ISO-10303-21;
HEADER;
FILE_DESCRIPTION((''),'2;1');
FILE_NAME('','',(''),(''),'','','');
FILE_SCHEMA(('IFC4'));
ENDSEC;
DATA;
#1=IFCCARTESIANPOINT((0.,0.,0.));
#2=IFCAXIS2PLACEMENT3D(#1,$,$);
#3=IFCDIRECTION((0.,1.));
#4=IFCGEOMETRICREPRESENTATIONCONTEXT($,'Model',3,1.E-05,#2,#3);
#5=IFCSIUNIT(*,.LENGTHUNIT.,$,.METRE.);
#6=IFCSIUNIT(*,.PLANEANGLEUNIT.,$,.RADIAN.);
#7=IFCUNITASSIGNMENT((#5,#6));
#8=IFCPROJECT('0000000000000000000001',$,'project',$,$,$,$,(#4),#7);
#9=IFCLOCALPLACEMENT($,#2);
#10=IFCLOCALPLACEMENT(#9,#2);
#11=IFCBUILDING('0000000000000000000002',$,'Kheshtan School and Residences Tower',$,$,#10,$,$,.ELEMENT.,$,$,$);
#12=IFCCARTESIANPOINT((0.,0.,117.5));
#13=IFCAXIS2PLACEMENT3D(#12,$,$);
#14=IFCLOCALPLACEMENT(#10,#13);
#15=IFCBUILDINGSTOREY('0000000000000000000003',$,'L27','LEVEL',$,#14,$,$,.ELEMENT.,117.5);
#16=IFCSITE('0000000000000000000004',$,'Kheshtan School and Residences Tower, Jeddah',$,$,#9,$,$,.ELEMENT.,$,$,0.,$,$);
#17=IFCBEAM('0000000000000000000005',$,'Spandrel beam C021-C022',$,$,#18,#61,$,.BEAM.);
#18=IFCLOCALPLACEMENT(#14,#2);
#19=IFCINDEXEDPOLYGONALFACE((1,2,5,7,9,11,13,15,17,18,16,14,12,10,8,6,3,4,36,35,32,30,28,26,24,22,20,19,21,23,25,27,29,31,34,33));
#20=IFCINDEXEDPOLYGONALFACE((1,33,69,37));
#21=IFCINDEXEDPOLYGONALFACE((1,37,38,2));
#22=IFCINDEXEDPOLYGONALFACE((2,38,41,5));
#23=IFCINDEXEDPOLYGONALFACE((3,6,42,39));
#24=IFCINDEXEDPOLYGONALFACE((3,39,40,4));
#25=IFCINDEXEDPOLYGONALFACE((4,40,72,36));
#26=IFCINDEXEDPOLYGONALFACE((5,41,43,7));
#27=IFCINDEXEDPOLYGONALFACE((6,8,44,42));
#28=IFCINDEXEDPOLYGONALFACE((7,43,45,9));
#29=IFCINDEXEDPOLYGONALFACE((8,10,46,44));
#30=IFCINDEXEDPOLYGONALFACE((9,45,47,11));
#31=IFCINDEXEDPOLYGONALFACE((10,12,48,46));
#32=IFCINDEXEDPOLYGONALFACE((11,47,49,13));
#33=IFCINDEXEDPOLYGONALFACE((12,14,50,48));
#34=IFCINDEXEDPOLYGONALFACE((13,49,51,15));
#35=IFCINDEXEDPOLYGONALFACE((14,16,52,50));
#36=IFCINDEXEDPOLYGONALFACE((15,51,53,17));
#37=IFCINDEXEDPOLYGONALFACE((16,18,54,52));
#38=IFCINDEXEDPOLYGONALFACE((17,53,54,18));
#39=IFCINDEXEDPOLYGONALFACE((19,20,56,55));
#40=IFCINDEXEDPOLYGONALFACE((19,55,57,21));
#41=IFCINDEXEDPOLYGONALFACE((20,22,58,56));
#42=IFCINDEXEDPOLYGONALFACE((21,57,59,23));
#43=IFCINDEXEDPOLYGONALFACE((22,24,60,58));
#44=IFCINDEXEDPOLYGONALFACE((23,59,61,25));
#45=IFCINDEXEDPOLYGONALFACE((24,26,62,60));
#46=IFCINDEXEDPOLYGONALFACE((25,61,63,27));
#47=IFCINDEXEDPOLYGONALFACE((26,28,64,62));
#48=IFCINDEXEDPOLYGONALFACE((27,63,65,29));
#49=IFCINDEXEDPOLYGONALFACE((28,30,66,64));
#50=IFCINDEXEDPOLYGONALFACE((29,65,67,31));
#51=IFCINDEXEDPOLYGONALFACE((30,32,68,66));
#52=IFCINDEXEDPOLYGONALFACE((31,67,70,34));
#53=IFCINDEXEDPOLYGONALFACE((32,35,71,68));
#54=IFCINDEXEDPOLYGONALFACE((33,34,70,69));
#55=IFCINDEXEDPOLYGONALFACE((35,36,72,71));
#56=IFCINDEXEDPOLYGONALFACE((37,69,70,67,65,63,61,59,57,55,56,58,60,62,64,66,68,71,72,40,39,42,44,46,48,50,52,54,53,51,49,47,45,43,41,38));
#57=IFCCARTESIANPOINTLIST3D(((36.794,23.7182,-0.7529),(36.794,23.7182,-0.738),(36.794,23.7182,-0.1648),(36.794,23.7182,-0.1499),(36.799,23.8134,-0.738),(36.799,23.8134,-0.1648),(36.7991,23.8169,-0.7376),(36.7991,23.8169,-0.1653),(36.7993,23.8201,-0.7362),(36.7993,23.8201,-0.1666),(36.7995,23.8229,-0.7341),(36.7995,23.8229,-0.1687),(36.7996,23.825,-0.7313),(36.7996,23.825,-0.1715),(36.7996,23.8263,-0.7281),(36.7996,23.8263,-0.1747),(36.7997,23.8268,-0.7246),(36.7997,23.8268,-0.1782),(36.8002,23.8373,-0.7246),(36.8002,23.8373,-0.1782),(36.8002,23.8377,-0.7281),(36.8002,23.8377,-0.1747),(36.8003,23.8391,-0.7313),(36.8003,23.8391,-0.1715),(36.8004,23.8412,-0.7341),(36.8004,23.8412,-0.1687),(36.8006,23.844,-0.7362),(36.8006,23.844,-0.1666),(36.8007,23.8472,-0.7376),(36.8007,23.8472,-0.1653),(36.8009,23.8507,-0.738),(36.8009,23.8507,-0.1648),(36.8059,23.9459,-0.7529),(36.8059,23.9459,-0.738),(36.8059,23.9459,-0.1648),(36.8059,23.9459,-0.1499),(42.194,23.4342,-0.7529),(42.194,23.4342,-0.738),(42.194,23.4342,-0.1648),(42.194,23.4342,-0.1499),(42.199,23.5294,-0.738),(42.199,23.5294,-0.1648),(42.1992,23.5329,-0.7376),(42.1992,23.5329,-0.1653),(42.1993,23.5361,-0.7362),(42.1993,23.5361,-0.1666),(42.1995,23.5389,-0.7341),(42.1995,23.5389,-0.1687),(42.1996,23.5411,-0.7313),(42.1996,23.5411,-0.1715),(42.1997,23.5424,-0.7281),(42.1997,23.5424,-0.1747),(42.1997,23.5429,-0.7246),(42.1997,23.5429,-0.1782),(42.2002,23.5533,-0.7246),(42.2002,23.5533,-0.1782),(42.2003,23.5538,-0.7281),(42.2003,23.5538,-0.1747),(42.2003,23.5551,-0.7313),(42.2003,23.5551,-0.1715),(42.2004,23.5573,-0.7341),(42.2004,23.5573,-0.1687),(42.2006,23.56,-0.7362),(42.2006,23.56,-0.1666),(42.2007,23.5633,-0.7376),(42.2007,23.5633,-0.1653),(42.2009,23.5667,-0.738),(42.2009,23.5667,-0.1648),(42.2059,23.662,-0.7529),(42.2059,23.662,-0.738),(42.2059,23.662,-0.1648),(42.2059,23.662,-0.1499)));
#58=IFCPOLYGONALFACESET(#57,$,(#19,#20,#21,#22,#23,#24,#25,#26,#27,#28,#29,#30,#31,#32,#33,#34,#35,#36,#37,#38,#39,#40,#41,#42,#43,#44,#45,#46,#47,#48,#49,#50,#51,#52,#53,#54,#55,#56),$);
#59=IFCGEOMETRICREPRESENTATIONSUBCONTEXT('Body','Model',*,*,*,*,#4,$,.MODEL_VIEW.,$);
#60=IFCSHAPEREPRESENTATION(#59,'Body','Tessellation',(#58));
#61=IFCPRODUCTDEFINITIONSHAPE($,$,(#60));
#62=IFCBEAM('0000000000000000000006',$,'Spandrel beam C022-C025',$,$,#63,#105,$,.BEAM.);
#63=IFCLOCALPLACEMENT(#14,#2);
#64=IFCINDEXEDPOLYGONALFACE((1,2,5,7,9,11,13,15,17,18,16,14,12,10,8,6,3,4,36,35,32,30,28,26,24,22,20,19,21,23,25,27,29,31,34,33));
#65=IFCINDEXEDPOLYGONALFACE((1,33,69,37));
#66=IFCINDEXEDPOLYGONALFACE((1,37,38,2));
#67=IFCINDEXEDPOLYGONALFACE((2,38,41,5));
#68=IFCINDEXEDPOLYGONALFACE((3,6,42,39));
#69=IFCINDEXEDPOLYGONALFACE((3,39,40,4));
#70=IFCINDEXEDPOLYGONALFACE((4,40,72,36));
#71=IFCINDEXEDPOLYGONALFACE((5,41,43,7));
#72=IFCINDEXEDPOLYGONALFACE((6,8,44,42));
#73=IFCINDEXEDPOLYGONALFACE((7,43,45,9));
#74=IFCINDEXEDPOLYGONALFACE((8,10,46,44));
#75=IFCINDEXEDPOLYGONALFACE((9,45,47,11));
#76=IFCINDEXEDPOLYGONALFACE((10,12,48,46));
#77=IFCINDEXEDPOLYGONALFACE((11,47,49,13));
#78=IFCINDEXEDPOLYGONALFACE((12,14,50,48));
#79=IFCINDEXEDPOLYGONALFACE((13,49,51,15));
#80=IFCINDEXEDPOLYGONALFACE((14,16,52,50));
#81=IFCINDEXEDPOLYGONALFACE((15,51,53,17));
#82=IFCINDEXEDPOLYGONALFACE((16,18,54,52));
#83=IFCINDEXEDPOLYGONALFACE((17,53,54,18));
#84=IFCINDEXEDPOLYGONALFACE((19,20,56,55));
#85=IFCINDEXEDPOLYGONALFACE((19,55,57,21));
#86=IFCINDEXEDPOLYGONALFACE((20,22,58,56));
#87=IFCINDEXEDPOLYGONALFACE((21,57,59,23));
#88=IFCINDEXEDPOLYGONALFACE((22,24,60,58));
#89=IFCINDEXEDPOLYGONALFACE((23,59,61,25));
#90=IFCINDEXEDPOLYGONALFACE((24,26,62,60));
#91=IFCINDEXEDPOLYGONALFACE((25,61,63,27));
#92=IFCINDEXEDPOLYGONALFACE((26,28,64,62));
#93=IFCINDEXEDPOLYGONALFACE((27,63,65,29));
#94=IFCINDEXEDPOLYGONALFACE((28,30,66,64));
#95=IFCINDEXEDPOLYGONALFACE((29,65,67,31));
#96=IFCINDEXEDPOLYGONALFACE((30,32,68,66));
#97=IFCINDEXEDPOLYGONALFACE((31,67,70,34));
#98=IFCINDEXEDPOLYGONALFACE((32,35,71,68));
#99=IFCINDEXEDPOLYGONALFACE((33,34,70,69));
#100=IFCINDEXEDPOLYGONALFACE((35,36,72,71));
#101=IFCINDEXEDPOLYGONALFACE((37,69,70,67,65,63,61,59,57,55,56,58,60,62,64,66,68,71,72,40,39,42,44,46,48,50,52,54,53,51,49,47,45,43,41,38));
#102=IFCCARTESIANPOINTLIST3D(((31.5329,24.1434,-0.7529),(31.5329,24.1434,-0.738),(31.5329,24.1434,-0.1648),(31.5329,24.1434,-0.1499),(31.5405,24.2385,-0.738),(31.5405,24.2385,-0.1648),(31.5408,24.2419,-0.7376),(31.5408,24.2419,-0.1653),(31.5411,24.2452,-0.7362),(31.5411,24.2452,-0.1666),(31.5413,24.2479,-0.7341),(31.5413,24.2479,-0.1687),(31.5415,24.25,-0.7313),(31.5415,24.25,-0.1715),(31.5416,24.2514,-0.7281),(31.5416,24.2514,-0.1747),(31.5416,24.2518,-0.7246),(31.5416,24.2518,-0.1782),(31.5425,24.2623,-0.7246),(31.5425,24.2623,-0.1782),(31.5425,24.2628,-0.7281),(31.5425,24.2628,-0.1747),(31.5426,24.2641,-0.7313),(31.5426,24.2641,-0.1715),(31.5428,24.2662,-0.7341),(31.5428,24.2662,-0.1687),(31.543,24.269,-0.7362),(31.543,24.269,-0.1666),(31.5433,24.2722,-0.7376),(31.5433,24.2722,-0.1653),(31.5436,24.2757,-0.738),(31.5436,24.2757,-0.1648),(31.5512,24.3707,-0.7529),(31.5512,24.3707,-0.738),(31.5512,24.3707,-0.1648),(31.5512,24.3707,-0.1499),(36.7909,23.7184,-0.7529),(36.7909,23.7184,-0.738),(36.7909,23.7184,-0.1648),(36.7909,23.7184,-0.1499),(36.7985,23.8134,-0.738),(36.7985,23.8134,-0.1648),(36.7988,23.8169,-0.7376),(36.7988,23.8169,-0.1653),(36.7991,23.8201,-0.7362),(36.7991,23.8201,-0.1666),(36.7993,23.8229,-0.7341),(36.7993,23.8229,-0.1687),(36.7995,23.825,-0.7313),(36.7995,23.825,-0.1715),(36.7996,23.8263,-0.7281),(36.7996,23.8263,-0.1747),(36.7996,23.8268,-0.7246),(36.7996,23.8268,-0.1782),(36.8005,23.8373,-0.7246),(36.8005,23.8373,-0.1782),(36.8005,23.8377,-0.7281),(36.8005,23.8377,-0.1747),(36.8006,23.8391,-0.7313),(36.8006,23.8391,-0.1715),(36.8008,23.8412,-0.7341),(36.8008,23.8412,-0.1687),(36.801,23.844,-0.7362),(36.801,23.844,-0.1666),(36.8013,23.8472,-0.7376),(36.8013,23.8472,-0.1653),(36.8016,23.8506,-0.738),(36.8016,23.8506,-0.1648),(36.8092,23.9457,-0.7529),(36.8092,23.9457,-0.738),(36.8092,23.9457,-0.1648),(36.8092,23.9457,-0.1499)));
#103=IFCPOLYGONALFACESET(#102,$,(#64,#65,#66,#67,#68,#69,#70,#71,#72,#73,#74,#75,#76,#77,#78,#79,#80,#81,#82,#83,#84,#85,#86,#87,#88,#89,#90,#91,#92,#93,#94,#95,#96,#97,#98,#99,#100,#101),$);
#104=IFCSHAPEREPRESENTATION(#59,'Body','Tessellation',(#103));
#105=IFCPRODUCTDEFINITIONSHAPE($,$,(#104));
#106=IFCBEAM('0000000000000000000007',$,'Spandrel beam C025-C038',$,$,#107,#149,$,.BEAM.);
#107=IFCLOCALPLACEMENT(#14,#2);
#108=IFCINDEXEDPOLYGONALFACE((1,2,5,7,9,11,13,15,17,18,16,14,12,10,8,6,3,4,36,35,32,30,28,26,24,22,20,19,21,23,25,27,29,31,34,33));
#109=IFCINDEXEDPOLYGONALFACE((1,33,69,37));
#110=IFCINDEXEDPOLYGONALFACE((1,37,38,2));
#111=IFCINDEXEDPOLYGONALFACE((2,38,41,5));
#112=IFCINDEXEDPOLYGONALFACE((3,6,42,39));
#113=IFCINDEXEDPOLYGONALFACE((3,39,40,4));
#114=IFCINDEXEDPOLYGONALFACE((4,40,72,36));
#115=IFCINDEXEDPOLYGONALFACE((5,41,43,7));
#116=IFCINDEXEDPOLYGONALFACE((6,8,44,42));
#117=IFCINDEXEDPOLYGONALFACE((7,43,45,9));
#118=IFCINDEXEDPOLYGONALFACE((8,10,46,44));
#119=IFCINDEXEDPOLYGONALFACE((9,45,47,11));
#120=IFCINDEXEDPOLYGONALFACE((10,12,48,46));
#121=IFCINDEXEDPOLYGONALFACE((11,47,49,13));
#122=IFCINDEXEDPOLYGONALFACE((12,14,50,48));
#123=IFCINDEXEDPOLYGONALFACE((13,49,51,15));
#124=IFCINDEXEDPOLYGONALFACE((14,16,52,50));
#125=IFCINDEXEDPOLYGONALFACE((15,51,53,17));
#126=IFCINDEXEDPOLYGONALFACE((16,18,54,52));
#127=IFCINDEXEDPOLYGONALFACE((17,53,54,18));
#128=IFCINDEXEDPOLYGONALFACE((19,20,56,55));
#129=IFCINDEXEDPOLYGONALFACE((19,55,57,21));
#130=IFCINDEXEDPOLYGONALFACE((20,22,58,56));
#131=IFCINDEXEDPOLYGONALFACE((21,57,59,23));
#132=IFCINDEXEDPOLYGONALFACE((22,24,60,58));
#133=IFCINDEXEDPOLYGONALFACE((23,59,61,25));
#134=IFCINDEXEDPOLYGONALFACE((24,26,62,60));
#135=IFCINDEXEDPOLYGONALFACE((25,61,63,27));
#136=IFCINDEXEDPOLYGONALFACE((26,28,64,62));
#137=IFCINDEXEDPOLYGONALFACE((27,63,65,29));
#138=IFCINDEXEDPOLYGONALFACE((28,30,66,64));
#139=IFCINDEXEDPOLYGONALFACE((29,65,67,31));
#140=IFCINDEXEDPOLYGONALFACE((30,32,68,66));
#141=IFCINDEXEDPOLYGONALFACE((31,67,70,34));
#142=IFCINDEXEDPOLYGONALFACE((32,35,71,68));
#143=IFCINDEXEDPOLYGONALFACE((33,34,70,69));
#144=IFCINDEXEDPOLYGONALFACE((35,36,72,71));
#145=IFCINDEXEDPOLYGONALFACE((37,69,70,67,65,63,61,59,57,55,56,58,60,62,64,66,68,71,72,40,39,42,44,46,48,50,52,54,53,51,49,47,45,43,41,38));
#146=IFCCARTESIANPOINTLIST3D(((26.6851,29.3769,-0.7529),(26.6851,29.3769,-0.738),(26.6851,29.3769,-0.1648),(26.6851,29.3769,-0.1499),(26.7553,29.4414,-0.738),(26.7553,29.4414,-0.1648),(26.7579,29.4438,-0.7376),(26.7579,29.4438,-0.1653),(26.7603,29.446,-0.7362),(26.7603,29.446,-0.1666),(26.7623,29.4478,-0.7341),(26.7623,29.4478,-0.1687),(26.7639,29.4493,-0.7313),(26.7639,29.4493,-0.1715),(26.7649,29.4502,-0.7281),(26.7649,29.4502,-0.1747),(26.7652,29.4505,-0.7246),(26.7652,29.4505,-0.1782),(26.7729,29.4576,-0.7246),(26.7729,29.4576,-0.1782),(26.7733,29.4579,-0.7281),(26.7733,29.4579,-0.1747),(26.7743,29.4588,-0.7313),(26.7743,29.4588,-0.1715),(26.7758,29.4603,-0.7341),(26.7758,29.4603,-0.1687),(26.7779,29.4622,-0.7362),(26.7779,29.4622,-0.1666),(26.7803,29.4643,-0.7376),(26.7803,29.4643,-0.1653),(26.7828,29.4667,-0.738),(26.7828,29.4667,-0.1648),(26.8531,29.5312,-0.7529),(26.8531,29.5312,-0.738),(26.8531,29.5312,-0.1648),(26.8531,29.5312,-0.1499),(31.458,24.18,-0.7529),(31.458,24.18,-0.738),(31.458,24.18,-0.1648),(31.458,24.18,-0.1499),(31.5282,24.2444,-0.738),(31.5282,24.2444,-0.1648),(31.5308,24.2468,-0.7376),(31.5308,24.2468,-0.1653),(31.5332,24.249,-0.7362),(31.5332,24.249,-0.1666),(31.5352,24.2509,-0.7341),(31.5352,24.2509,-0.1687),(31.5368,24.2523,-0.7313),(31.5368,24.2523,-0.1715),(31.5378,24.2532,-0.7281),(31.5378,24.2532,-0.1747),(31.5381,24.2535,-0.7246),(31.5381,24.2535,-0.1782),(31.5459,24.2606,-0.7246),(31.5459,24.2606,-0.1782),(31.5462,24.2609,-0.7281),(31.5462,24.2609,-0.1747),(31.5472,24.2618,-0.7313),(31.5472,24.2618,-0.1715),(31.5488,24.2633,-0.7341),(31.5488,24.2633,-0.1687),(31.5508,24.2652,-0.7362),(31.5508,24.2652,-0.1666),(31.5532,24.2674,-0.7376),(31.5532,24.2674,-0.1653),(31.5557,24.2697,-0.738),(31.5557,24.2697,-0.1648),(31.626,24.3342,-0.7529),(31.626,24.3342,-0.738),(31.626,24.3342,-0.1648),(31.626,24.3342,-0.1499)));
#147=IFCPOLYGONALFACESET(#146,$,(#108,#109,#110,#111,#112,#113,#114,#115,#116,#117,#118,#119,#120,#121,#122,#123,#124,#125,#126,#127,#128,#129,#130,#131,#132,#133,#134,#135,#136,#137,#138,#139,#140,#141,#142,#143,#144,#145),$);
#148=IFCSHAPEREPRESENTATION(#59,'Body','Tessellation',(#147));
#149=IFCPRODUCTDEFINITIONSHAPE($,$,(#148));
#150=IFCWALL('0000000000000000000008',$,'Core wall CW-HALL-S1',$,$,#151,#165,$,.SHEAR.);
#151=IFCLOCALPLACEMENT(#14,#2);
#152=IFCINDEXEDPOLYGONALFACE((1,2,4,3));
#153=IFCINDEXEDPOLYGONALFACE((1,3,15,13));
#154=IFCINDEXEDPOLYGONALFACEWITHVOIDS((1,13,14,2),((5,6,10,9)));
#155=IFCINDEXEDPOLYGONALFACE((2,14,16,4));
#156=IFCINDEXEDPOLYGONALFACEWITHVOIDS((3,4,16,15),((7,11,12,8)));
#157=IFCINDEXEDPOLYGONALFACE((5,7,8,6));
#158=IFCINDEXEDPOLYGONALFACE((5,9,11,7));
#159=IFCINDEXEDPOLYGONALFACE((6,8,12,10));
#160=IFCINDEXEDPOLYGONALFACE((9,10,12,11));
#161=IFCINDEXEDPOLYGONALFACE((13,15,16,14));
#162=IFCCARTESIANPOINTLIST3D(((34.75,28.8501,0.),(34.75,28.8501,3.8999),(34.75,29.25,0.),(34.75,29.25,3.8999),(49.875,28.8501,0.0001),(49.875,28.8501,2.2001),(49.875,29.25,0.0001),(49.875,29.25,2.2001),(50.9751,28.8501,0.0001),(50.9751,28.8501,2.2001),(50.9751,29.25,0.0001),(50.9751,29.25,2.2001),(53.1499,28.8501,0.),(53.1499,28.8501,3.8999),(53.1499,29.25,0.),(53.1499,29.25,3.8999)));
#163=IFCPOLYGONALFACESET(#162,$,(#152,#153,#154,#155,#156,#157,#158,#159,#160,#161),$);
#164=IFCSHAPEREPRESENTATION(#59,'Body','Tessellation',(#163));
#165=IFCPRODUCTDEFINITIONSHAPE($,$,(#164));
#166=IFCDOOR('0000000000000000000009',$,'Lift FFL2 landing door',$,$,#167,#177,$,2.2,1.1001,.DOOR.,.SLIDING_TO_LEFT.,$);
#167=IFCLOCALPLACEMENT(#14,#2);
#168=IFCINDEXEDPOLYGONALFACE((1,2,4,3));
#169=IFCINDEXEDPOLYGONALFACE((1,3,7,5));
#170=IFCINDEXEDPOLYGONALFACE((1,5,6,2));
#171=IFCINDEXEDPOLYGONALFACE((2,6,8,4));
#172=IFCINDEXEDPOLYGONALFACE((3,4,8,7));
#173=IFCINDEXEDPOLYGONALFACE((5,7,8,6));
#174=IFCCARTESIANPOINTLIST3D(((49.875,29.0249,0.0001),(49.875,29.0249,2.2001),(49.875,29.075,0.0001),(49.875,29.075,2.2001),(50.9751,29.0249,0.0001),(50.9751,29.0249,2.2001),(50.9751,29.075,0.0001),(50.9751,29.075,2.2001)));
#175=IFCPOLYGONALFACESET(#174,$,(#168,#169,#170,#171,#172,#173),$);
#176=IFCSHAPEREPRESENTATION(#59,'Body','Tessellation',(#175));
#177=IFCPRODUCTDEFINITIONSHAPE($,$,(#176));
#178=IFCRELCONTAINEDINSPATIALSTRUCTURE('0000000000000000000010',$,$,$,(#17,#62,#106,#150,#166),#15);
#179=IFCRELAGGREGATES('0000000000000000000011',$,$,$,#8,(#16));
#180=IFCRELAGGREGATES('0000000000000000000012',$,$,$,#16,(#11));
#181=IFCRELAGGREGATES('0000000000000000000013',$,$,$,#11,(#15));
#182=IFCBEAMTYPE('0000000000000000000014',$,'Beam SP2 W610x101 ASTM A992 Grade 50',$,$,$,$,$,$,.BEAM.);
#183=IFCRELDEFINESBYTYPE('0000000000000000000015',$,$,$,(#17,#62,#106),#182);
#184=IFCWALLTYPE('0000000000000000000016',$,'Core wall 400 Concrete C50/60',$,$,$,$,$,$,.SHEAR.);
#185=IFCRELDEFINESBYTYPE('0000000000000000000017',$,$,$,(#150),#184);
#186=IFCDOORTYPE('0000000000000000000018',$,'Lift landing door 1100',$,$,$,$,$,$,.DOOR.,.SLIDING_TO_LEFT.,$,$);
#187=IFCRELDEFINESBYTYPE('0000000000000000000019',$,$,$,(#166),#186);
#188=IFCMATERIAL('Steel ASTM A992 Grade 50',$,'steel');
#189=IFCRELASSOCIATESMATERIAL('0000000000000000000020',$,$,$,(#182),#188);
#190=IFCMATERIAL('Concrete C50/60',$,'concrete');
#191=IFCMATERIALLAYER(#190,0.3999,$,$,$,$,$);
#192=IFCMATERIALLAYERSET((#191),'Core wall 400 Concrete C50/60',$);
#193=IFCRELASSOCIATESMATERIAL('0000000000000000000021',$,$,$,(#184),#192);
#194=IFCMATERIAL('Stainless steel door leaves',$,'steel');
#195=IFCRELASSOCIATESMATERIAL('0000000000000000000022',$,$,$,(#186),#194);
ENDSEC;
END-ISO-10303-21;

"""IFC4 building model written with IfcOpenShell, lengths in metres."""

from ifc_helpers import new_model, si_unit, direction, frame, frame_2d, origin, origin_2d, place, context, subcontext, project, spatial, rectangle, i_section, extrude, source, transform, mapped, material, layer, layer_set, material_profile, profile_set, type_object, element, fill, save


model = new_model("IFC4")

# Units and contexts
model_context = context("Model", 3, precision=1e-05, world=origin(), true_north=direction((0.0, 1.0)))
body_context = subcontext(model_context, "Body", "Model", "MODEL_VIEW")
ifc_project = project(units=[si_unit("LENGTHUNIT", "METRE"), si_unit("PLANEANGLEUNIT", "RADIAN")], contexts=[model_context])

# Site, building, storey
site_placement = place(None, origin())
site = spatial("IfcSite", under=ifc_project, at=site_placement, Name="Kheshtan School and Residences Tower, Jeddah", CompositionType="ELEMENT", RefElevation=0.0)
building_placement = place(site_placement, origin())
building = spatial("IfcBuilding", under=site, at=building_placement, Name="Kheshtan School and Residences Tower", CompositionType="ELEMENT")
storey_placement = place(building_placement, frame((0.0, 0.0, 117.5)))
storey = spatial("IfcBuildingStorey", under=building, at=storey_placement, Name="L27", Description="LEVEL", CompositionType="ELEMENT", Elevation=117.5)

# Shared definitions
ifc_material_1 = material(Name="Steel ASTM A992 Grade 50", Category="steel")

# Beams
ifc_material_profile_1 = material_profile(ifc_material_1, i_section(OverallWidth=0.228, OverallDepth=0.603, WebThickness=0.0105, FlangeThickness=0.0149, FilletRadius=0.0134, at=origin_2d()), Name="W610x101")
ifc_profile_set_1 = profile_set([ifc_material_profile_1], Name="Steel ASTM A992 Grade 50")
beam_type_1 = type_object("IfcBeamType", Name="Beam SP2 W610x101 ASTM A992 Grade 50", PredefinedType="BEAM", material=ifc_profile_set_1)
beam_1_placement = place(storey_placement, frame((42.2, 23.5481, -0.4514), z_axis=(-0.99862, 0.052509, 0.0), x_axis=(-0.052509, -0.99862, 0.0)))
element("IfcBeam", 1, at=beam_1_placement, inside=storey, type_object=beam_type_1, Name="Spandrel beam C021-C022", PredefinedType="BEAM", context=body_context, shape_type="SweptSolid", body=[
    extrude(i_section(OverallWidth=0.228, OverallDepth=0.603, WebThickness=0.0105, FlangeThickness=0.0149, FilletRadius=0.0134, at=origin_2d()), origin(), (0.0, 0.0, 1.0), 5.4075),
])
beam_2_placement = place(storey_placement, frame((36.8, 23.832, -0.4514), z_axis=(-0.996749, 0.080575, 0.0), x_axis=(-0.080575, -0.996749, 0.0)))
element("IfcBeam", 2, at=beam_2_placement, inside=storey, type_object=beam_type_1, Name="Spandrel beam C022-C025", PredefinedType="BEAM", context=body_context, shape_type="SweptSolid", body=[
    extrude(i_section(OverallWidth=0.228, OverallDepth=0.603, WebThickness=0.0105, FlangeThickness=0.0149, FilletRadius=0.0134, at=origin_2d()), origin(), (0.0, 0.0, 1.0), 5.2751),
])
beam_3_placement = place(storey_placement, frame((31.542, 24.2571, -0.4514), z_axis=(-0.676418, 0.736518, 0.0), x_axis=(-0.736518, -0.676418, 0.0)))
element("IfcBeam", 3, at=beam_3_placement, inside=storey, type_object=beam_type_1, Name="Spandrel beam C025-C038", PredefinedType="BEAM", context=body_context, shape_type="SweptSolid", body=[
    extrude(i_section(OverallWidth=0.228, OverallDepth=0.603, WebThickness=0.0105, FlangeThickness=0.0149, FilletRadius=0.0134, at=origin_2d()), origin(), (0.0, 0.0, 1.0), 7.0562),
])

# Wall, opening, door
ifc_material_2 = material(Name="Concrete C50/60", Category="concrete")
ifc_layer_1 = layer(ifc_material_2, 0.3999)
ifc_layer_set_1 = layer_set([ifc_layer_1], Name="Core wall 400 Concrete C50/60")
wall_type_1 = type_object("IfcWallType", Name="Core wall 400 Concrete C50/60", PredefinedType="SHEAR", material=ifc_layer_set_1)
wall_1_placement = place(storey_placement, frame((34.75, 29.05, 0.0), z_axis=(0.0, 0.0, 1.0), x_axis=(1.0, 0.0, 0.0)))
wall_1 = element("IfcWall", 4, at=wall_1_placement, inside=storey, type_object=wall_type_1, Name="Core wall CW-HALL-S1", PredefinedType="SHEAR", context=body_context, shape_type="SweptSolid", body=[
    extrude(rectangle(XDim=18.3999, YDim=0.3999, at=frame_2d((9.2, 0.0))), origin(), (0.0, 0.0, 1.0), 3.8999),
])
opening_1_placement = place(wall_1_placement, frame((15.125, 0.0, 0.0)))
opening_1 = element("IfcOpeningElement", 5, at=opening_1_placement, cuts=wall_1, PredefinedType="OPENING", context=body_context, shape_type="SweptSolid", body=[
    extrude(rectangle(XDim=1.1001, YDim=2.2, at=frame_2d((0.55, 1.1001))), frame((0.0, 0.21, 0.0), z_axis=(0.0, -1.0, 0.0), x_axis=(1.0, 0.0, 0.0)), (0.0, 0.0, 1.0), 0.4199),
])
ifc_material_3 = material(Name="Stainless steel door leaves", Category="steel")
door_type_1 = type_object("IfcDoorType", Name="Lift landing door 1100", OperationType="SLIDING_TO_LEFT", PredefinedType="DOOR", material=ifc_material_3)
shared_shape_1 = source(origin(), body_context, "Body", "SweptSolid", [
    extrude(rectangle(XDim=1.1001, YDim=2.2, at=frame_2d((0.55, 1.1001))), frame((0.0, 0.0249, 0.0), z_axis=(0.0, -1.0, 0.0), x_axis=(1.0, 0.0, 0.0)), (0.0, 0.0, 1.0), 0.05),
])
door_1_placement = place(opening_1_placement, origin())
door_1 = element("IfcDoor", 6, at=door_1_placement, inside=storey, type_object=door_type_1, Name="Lift FFL2 landing door", OperationType="SLIDING_TO_LEFT", OverallHeight=2.2, OverallWidth=1.1001, PredefinedType="DOOR", context=body_context, shape_type="MappedRepresentation", body=[
    mapped(shared_shape_1, transform((0.0, 0.0, 0.0), x_axis=(1.0, 0.0, 0.0), y_axis=(0.0, 1.0, 0.0), z_axis=(0.0, 0.0, 1.0), scale=1.0)),
])
fill(opening_1, door_1)

save(model, "model.ifc")
